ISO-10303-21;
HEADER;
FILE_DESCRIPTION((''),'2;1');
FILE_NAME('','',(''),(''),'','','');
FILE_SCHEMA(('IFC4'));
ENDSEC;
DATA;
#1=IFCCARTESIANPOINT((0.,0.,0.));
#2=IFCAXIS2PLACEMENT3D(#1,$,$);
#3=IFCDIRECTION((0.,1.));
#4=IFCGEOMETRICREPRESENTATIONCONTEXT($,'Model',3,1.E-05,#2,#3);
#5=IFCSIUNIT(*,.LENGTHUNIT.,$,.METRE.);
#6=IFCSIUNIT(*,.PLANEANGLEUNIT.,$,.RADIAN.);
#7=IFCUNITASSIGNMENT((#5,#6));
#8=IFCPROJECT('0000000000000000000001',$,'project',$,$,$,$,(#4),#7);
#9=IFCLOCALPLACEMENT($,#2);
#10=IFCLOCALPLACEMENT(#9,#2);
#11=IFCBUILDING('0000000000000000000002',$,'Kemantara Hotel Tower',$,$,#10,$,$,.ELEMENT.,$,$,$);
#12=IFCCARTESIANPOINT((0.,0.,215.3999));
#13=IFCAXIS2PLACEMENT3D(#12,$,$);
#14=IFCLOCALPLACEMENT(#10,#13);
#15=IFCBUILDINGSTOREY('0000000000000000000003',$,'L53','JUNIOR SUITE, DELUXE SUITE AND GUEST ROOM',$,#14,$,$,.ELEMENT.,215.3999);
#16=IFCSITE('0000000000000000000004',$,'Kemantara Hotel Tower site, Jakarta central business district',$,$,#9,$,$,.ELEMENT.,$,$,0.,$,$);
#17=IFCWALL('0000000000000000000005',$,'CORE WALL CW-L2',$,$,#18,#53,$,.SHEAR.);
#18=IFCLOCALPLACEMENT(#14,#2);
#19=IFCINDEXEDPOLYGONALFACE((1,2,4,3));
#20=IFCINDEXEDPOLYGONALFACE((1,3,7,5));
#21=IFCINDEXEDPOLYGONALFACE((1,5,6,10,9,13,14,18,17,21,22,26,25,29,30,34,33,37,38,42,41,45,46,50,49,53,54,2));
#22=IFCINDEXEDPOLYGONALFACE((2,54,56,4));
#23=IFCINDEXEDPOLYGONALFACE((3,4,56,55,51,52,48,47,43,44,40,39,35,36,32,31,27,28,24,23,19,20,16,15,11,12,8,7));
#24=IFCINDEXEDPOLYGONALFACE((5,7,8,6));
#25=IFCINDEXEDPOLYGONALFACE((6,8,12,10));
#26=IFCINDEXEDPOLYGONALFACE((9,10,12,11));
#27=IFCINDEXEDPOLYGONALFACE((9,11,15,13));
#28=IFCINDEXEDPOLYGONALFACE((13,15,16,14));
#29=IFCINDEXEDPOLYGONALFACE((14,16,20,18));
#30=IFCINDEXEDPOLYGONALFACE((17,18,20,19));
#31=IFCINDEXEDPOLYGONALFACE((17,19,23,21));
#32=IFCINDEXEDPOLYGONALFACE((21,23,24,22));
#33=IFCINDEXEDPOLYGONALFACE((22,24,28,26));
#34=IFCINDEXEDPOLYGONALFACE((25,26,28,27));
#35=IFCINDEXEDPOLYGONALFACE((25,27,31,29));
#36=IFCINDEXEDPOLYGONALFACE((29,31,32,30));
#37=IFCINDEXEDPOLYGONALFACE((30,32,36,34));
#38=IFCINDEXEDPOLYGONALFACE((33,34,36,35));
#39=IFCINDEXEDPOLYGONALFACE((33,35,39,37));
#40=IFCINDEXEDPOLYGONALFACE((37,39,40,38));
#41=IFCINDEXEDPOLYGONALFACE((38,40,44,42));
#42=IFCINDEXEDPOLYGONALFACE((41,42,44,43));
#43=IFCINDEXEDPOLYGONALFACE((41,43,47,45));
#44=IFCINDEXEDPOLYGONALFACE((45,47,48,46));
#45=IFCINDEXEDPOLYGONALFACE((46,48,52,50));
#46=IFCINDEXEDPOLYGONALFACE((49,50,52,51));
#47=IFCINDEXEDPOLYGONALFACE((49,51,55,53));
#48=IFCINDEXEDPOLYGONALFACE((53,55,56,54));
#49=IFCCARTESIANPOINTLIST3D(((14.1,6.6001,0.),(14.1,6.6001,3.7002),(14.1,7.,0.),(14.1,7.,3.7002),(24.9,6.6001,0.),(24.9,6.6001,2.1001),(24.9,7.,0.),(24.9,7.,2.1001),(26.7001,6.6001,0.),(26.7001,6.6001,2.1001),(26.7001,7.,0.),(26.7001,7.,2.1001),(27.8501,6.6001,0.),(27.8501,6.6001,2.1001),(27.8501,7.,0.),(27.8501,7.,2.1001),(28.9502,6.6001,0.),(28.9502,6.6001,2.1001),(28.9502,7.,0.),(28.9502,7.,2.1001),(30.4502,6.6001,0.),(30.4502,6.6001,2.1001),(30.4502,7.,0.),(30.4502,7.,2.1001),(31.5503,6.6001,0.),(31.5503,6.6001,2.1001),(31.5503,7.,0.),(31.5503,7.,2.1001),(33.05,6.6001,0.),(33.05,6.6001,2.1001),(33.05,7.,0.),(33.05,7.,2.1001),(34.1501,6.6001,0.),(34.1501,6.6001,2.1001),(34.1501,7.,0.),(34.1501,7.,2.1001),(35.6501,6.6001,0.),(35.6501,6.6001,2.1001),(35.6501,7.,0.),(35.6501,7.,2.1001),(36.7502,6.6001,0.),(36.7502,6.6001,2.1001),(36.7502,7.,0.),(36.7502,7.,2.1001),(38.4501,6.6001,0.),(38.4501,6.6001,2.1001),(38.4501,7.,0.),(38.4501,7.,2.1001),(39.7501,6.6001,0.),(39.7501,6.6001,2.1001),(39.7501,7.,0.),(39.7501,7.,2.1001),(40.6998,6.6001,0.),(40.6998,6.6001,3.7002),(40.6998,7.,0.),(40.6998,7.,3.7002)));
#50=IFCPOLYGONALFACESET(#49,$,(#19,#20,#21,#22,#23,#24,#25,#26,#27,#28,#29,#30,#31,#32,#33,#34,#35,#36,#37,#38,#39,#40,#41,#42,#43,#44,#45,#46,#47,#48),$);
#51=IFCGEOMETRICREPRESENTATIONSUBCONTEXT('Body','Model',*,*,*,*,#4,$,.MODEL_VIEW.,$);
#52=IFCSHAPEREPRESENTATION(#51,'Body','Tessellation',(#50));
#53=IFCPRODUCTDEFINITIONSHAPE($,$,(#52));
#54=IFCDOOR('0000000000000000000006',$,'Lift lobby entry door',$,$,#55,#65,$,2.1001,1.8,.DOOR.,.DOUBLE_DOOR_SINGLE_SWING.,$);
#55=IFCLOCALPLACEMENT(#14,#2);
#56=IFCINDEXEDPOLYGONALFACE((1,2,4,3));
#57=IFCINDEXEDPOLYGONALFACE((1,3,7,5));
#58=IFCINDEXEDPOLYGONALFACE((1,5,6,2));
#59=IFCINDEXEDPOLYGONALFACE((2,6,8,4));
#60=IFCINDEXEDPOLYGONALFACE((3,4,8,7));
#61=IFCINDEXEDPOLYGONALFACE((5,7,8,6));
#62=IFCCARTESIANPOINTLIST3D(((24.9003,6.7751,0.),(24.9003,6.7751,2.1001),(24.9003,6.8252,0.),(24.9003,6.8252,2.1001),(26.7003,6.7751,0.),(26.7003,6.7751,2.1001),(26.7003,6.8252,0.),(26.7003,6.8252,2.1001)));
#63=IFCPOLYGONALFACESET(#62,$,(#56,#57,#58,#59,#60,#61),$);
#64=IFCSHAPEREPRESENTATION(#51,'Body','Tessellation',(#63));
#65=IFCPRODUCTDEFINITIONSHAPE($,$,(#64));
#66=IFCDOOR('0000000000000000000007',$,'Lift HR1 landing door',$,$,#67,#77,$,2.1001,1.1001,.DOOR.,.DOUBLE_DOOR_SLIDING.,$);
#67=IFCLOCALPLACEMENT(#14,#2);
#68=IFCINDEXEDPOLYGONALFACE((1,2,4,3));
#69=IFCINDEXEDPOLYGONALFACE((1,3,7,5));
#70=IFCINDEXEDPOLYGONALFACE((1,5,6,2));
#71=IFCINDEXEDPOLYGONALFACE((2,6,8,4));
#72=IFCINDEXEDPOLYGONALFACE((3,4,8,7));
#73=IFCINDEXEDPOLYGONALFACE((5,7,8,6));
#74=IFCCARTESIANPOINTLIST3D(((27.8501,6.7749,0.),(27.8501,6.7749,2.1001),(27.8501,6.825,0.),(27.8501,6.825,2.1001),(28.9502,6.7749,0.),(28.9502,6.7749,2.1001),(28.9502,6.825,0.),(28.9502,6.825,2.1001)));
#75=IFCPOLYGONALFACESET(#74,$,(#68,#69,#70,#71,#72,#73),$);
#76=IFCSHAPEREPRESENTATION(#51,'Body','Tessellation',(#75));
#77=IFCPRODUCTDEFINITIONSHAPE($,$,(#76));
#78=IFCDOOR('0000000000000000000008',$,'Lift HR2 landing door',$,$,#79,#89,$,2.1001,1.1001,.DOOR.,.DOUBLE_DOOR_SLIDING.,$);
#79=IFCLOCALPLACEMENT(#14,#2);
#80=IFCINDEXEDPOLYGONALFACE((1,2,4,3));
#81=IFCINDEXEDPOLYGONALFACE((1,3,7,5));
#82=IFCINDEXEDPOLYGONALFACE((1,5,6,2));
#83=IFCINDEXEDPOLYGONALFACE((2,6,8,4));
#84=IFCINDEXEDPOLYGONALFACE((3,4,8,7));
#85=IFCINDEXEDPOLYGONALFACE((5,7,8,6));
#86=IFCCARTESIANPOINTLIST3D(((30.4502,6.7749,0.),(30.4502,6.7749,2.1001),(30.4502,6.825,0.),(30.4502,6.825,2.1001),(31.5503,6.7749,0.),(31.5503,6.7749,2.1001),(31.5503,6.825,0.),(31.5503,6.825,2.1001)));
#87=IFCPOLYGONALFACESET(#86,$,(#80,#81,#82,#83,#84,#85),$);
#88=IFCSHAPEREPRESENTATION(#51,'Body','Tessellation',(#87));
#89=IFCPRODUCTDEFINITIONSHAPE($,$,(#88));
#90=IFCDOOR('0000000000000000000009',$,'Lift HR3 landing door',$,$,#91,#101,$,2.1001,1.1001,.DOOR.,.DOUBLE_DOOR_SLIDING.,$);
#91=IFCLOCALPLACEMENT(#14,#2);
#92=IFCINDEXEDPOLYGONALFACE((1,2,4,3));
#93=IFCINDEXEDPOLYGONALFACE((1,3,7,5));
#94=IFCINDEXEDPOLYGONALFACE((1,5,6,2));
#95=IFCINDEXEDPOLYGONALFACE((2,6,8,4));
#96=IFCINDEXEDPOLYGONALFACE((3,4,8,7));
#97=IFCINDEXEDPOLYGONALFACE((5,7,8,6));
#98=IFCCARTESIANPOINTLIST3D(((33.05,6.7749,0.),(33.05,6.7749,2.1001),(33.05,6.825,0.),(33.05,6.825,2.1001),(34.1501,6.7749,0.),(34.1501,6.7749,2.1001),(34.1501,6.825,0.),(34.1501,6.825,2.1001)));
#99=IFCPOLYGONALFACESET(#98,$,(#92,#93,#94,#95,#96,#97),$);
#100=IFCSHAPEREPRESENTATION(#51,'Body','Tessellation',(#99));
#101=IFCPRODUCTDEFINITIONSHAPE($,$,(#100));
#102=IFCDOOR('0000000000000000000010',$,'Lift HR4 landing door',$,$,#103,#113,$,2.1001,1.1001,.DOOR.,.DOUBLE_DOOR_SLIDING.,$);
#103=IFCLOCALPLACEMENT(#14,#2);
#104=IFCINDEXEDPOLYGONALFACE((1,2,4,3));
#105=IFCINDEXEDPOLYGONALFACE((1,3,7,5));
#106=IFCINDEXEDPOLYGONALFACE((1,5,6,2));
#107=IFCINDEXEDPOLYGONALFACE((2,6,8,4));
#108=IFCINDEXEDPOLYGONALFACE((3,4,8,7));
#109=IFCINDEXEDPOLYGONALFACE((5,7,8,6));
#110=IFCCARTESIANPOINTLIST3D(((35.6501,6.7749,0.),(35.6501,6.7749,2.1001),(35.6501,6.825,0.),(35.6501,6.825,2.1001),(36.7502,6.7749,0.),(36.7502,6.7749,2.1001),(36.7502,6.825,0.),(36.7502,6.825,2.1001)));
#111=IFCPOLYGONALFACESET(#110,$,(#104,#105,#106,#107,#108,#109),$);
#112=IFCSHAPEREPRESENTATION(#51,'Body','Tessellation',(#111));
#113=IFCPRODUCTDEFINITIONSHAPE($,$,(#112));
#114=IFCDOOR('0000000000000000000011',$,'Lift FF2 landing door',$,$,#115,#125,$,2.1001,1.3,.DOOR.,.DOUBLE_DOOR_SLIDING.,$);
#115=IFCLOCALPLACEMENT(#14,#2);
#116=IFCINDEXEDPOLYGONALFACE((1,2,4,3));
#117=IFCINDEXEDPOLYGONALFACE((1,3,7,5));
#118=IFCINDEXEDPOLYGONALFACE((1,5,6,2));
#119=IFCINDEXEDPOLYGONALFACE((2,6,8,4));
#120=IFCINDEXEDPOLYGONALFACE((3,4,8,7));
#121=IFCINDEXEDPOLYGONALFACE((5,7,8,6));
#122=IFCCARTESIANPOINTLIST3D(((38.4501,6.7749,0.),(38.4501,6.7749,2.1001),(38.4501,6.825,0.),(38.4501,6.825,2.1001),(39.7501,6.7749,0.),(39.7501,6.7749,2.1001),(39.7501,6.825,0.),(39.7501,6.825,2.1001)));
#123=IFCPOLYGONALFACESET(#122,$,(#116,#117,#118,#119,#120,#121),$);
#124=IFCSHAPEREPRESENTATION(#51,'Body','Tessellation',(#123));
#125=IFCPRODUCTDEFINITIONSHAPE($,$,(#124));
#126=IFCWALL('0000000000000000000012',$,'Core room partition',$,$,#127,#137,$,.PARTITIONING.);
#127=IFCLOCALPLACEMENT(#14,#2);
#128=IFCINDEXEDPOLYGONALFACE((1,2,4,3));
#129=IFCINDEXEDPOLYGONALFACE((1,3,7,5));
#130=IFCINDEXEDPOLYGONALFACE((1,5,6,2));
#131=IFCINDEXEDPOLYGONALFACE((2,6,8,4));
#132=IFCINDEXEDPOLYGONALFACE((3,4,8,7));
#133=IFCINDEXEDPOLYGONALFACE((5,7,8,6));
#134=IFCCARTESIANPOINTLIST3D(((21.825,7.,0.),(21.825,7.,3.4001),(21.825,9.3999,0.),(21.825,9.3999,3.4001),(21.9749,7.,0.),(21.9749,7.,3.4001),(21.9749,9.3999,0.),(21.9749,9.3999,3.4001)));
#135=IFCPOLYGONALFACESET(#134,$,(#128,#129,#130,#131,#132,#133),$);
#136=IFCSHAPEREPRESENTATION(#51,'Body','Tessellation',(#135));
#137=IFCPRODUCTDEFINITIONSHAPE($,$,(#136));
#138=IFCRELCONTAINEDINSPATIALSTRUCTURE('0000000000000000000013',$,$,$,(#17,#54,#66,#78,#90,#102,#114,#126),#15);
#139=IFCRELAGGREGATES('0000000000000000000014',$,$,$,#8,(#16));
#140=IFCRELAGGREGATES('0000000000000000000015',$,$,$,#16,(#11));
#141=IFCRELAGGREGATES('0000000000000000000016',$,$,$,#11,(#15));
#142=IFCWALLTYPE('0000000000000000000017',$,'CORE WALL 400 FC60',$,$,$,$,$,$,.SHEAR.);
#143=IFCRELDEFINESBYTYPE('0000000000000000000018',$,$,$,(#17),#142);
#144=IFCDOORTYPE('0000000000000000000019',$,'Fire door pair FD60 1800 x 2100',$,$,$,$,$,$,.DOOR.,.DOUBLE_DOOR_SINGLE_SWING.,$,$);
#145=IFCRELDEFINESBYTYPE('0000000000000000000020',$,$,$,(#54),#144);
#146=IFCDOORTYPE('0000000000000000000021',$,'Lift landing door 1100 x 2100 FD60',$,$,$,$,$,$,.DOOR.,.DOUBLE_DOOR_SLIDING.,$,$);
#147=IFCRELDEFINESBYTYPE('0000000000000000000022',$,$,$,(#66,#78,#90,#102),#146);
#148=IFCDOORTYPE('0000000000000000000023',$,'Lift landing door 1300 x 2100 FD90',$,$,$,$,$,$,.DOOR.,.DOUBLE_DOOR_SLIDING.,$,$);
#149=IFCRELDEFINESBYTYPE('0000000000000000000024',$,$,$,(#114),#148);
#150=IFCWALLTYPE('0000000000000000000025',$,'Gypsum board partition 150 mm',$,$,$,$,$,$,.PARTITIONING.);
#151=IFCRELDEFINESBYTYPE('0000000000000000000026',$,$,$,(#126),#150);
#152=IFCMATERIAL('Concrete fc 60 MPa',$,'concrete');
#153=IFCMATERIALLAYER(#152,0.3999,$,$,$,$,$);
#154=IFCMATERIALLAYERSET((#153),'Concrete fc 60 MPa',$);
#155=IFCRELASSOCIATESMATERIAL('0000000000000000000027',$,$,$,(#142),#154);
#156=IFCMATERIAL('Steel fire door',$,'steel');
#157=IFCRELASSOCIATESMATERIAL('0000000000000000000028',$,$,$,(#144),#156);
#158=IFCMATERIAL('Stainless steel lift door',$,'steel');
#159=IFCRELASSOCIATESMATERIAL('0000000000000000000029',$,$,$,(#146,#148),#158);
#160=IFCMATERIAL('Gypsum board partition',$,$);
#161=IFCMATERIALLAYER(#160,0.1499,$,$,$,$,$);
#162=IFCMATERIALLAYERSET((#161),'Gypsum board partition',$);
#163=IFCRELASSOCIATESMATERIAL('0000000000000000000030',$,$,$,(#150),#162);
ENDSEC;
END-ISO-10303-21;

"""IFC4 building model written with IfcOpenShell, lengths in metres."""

from ifc_helpers import new_model, si_unit, direction, frame, frame_2d, origin, place, context, subcontext, project, spatial, rectangle, extrude, material, layer, layer_set, type_object, element, fill, save


model = new_model("IFC4")

# Units and contexts
model_context = context("Model", 3, precision=1e-05, world=origin(), true_north=direction((0.0, 1.0)))
body_context = subcontext(model_context, "Body", "Model", "MODEL_VIEW")
ifc_project = project(units=[si_unit("LENGTHUNIT", "METRE"), si_unit("PLANEANGLEUNIT", "RADIAN")], contexts=[model_context])

# Site, building, storey
site_placement = place(None, origin())
site = spatial("IfcSite", under=ifc_project, at=site_placement, Name="Kemantara Hotel Tower site, Jakarta central business district", CompositionType="ELEMENT", RefElevation=0.0)
building_placement = place(site_placement, origin())
building = spatial("IfcBuilding", under=site, at=building_placement, Name="Kemantara Hotel Tower", CompositionType="ELEMENT")
storey_placement = place(building_placement, frame((0.0, 0.0, 215.3999)))
storey = spatial("IfcBuildingStorey", under=building, at=storey_placement, Name="L53", Description="JUNIOR SUITE, DELUXE SUITE AND GUEST ROOM", CompositionType="ELEMENT", Elevation=215.3999)

# Shared definitions
ifc_material_1 = material(Name="Concrete fc 60 MPa", Category="concrete")

# Shared definitions
ifc_layer_1 = layer(ifc_material_1, 0.3999)
ifc_layer_set_1 = layer_set([ifc_layer_1], Name="Concrete fc 60 MPa")
wall_type_1 = type_object("IfcWallType", Name="CORE WALL 400 FC60", PredefinedType="SHEAR", material=ifc_layer_set_1)
ifc_material_2 = material(Name="Steel fire door", Category="steel")

# Wall, openings, doors
wall_1_placement = place(storey_placement, frame((14.1001, 6.8, 0.0), z_axis=(0.0, 0.0, 1.0), x_axis=(1.0, 0.0, 0.0)))
wall_1 = element("IfcWall", 1, at=wall_1_placement, inside=storey, type_object=wall_type_1, Name="CORE WALL CW-L2", PredefinedType="SHEAR", context=body_context, shape_type="SweptSolid", body=[
    extrude(rectangle(XDim=26.5999, YDim=0.3999, at=frame_2d((13.2998, 0.0))), origin(), (0.0, 0.0, 1.0), 3.7002),
])
opening_1_placement = place(wall_1_placement, frame((10.8, 0.0, 0.0)))
opening_1 = element("IfcOpeningElement", 2, at=opening_1_placement, cuts=wall_1, PredefinedType="OPENING", context=body_context, shape_type="SweptSolid", body=[
    extrude(rectangle(XDim=1.8, YDim=2.1001, at=frame_2d((0.8999, 1.05))), frame((0.0, 0.21, 0.0), z_axis=(0.0, -1.0, 0.0), x_axis=(1.0, 0.0, 0.0)), (0.0, 0.0, 1.0), 0.4199),
])
opening_2_placement = place(wall_1_placement, frame((13.75, 0.0, 0.0)))
opening_2 = element("IfcOpeningElement", 3, at=opening_2_placement, cuts=wall_1, PredefinedType="OPENING", context=body_context, shape_type="SweptSolid", body=[
    extrude(rectangle(XDim=1.1001, YDim=2.1001, at=frame_2d((0.55, 1.05))), frame((0.0, 0.21, 0.0), z_axis=(0.0, -1.0, 0.0), x_axis=(1.0, 0.0, 0.0)), (0.0, 0.0, 1.0), 0.4199),
])
opening_3_placement = place(wall_1_placement, frame((16.3501, 0.0, 0.0)))
opening_3 = element("IfcOpeningElement", 4, at=opening_3_placement, cuts=wall_1, PredefinedType="OPENING", context=body_context, shape_type="SweptSolid", body=[
    extrude(rectangle(XDim=1.1001, YDim=2.1001, at=frame_2d((0.55, 1.05))), frame((0.0, 0.21, 0.0), z_axis=(0.0, -1.0, 0.0), x_axis=(1.0, 0.0, 0.0)), (0.0, 0.0, 1.0), 0.4199),
])
opening_4_placement = place(wall_1_placement, frame((18.95, 0.0, 0.0)))
opening_4 = element("IfcOpeningElement", 5, at=opening_4_placement, cuts=wall_1, PredefinedType="OPENING", context=body_context, shape_type="SweptSolid", body=[
    extrude(rectangle(XDim=1.1001, YDim=2.1001, at=frame_2d((0.55, 1.05))), frame((0.0, 0.21, 0.0), z_axis=(0.0, -1.0, 0.0), x_axis=(1.0, 0.0, 0.0)), (0.0, 0.0, 1.0), 0.4199),
])
opening_5_placement = place(wall_1_placement, frame((21.55, 0.0, 0.0)))
opening_5 = element("IfcOpeningElement", 6, at=opening_5_placement, cuts=wall_1, PredefinedType="OPENING", context=body_context, shape_type="SweptSolid", body=[
    extrude(rectangle(XDim=1.1001, YDim=2.1001, at=frame_2d((0.55, 1.05))), frame((0.0, 0.21, 0.0), z_axis=(0.0, -1.0, 0.0), x_axis=(1.0, 0.0, 0.0)), (0.0, 0.0, 1.0), 0.4199),
])
opening_6_placement = place(wall_1_placement, frame((24.3501, 0.0, 0.0)))
opening_6 = element("IfcOpeningElement", 7, at=opening_6_placement, cuts=wall_1, PredefinedType="OPENING", context=body_context, shape_type="SweptSolid", body=[
    extrude(rectangle(XDim=1.3, YDim=2.1001, at=frame_2d((0.6499, 1.05))), frame((0.0, 0.21, 0.0), z_axis=(0.0, -1.0, 0.0), x_axis=(1.0, 0.0, 0.0)), (0.0, 0.0, 1.0), 0.4199),
])
door_type_1 = type_object("IfcDoorType", Name="Fire door pair FD60 1800 x 2100", OperationType="DOUBLE_DOOR_SINGLE_SWING", PredefinedType="DOOR", material=ifc_material_2)
door_1_placement = place(opening_1_placement, frame((1.8, 0.0, 0.0), z_axis=(0.0, 0.0, 1.0), x_axis=(-1.0, 0.0, 0.0)))
door_1 = element("IfcDoor", 8, at=door_1_placement, inside=storey, type_object=door_type_1, Name="Lift lobby entry door", OperationType="DOUBLE_DOOR_SINGLE_SWING", OverallHeight=2.1001, OverallWidth=1.8, PredefinedType="DOOR", context=body_context, shape_type="SweptSolid", body=[
    extrude(rectangle(XDim=1.8, YDim=2.1001, at=frame_2d((0.8999, 1.05))), frame((0.0, 0.0249, 0.0), z_axis=(0.0, -1.0, 0.0), x_axis=(1.0, 0.0, 0.0)), (0.0, 0.0, 1.0), 0.05),
])
fill(opening_1, door_1)
ifc_material_3 = material(Name="Stainless steel lift door", Category="steel")
door_type_2 = type_object("IfcDoorType", Name="Lift landing door 1100 x 2100 FD60", OperationType="DOUBLE_DOOR_SLIDING", PredefinedType="DOOR", material=ifc_material_3)
door_2_placement = place(opening_2_placement, origin())
door_2 = element("IfcDoor", 9, at=door_2_placement, inside=storey, type_object=door_type_2, Name="Lift HR1 landing door", OperationType="DOUBLE_DOOR_SLIDING", OverallHeight=2.1001, OverallWidth=1.1001, PredefinedType="DOOR", context=body_context, shape_type="SweptSolid", body=[
    extrude(rectangle(XDim=1.1001, YDim=2.1001, at=frame_2d((0.55, 1.05))), frame((0.0, 0.0249, 0.0), z_axis=(0.0, -1.0, 0.0), x_axis=(1.0, 0.0, 0.0)), (0.0, 0.0, 1.0), 0.05),
])
fill(opening_2, door_2)
door_3_placement = place(opening_3_placement, origin())
door_3 = element("IfcDoor", 10, at=door_3_placement, inside=storey, type_object=door_type_2, Name="Lift HR2 landing door", OperationType="DOUBLE_DOOR_SLIDING", OverallHeight=2.1001, OverallWidth=1.1001, PredefinedType="DOOR", context=body_context, shape_type="SweptSolid", body=[
    extrude(rectangle(XDim=1.1001, YDim=2.1001, at=frame_2d((0.55, 1.05))), frame((0.0, 0.0249, 0.0), z_axis=(0.0, -1.0, 0.0), x_axis=(1.0, 0.0, 0.0)), (0.0, 0.0, 1.0), 0.05),
])
fill(opening_3, door_3)
door_4_placement = place(opening_4_placement, origin())
door_4 = element("IfcDoor", 11, at=door_4_placement, inside=storey, type_object=door_type_2, Name="Lift HR3 landing door", OperationType="DOUBLE_DOOR_SLIDING", OverallHeight=2.1001, OverallWidth=1.1001, PredefinedType="DOOR", context=body_context, shape_type="SweptSolid", body=[
    extrude(rectangle(XDim=1.1001, YDim=2.1001, at=frame_2d((0.55, 1.05))), frame((0.0, 0.0249, 0.0), z_axis=(0.0, -1.0, 0.0), x_axis=(1.0, 0.0, 0.0)), (0.0, 0.0, 1.0), 0.05),
])
fill(opening_4, door_4)
door_5_placement = place(opening_5_placement, origin())
door_5 = element("IfcDoor", 12, at=door_5_placement, inside=storey, type_object=door_type_2, Name="Lift HR4 landing door", OperationType="DOUBLE_DOOR_SLIDING", OverallHeight=2.1001, OverallWidth=1.1001, PredefinedType="DOOR", context=body_context, shape_type="SweptSolid", body=[
    extrude(rectangle(XDim=1.1001, YDim=2.1001, at=frame_2d((0.55, 1.05))), frame((0.0, 0.0249, 0.0), z_axis=(0.0, -1.0, 0.0), x_axis=(1.0, 0.0, 0.0)), (0.0, 0.0, 1.0), 0.05),
])
fill(opening_5, door_5)
door_type_3 = type_object("IfcDoorType", Name="Lift landing door 1300 x 2100 FD90", OperationType="DOUBLE_DOOR_SLIDING", PredefinedType="DOOR", material=ifc_material_3)
door_6_placement = place(opening_6_placement, origin())
door_6 = element("IfcDoor", 13, at=door_6_placement, inside=storey, type_object=door_type_3, Name="Lift FF2 landing door", OperationType="DOUBLE_DOOR_SLIDING", OverallHeight=2.1001, OverallWidth=1.3, PredefinedType="DOOR", context=body_context, shape_type="SweptSolid", body=[
    extrude(rectangle(XDim=1.3, YDim=2.1001, at=frame_2d((0.6499, 1.05))), frame((0.0, 0.0249, 0.0), z_axis=(0.0, -1.0, 0.0), x_axis=(1.0, 0.0, 0.0)), (0.0, 0.0, 1.0), 0.05),
])
fill(opening_6, door_6)

# Wall
ifc_material_4 = material(Name="Gypsum board partition")
ifc_layer_2 = layer(ifc_material_4, 0.1499)
ifc_layer_set_2 = layer_set([ifc_layer_2], Name="Gypsum board partition")
wall_type_2 = type_object("IfcWallType", Name="Gypsum board partition 150 mm", PredefinedType="PARTITIONING", material=ifc_layer_set_2)
wall_2_placement = place(storey_placement, frame((21.8999, 7.0, 0.0), z_axis=(0.0, 0.0, 1.0), x_axis=(0.0, 1.0, 0.0)))
element("IfcWall", 14, at=wall_2_placement, inside=storey, type_object=wall_type_2, Name="Core room partition", PredefinedType="PARTITIONING", context=body_context, shape_type="SweptSolid", body=[
    extrude(rectangle(XDim=2.3999, YDim=0.1499, at=frame_2d((1.2, 0.0))), origin(), (0.0, 0.0, 1.0), 3.4001),
])

save(model, "model.ifc")
